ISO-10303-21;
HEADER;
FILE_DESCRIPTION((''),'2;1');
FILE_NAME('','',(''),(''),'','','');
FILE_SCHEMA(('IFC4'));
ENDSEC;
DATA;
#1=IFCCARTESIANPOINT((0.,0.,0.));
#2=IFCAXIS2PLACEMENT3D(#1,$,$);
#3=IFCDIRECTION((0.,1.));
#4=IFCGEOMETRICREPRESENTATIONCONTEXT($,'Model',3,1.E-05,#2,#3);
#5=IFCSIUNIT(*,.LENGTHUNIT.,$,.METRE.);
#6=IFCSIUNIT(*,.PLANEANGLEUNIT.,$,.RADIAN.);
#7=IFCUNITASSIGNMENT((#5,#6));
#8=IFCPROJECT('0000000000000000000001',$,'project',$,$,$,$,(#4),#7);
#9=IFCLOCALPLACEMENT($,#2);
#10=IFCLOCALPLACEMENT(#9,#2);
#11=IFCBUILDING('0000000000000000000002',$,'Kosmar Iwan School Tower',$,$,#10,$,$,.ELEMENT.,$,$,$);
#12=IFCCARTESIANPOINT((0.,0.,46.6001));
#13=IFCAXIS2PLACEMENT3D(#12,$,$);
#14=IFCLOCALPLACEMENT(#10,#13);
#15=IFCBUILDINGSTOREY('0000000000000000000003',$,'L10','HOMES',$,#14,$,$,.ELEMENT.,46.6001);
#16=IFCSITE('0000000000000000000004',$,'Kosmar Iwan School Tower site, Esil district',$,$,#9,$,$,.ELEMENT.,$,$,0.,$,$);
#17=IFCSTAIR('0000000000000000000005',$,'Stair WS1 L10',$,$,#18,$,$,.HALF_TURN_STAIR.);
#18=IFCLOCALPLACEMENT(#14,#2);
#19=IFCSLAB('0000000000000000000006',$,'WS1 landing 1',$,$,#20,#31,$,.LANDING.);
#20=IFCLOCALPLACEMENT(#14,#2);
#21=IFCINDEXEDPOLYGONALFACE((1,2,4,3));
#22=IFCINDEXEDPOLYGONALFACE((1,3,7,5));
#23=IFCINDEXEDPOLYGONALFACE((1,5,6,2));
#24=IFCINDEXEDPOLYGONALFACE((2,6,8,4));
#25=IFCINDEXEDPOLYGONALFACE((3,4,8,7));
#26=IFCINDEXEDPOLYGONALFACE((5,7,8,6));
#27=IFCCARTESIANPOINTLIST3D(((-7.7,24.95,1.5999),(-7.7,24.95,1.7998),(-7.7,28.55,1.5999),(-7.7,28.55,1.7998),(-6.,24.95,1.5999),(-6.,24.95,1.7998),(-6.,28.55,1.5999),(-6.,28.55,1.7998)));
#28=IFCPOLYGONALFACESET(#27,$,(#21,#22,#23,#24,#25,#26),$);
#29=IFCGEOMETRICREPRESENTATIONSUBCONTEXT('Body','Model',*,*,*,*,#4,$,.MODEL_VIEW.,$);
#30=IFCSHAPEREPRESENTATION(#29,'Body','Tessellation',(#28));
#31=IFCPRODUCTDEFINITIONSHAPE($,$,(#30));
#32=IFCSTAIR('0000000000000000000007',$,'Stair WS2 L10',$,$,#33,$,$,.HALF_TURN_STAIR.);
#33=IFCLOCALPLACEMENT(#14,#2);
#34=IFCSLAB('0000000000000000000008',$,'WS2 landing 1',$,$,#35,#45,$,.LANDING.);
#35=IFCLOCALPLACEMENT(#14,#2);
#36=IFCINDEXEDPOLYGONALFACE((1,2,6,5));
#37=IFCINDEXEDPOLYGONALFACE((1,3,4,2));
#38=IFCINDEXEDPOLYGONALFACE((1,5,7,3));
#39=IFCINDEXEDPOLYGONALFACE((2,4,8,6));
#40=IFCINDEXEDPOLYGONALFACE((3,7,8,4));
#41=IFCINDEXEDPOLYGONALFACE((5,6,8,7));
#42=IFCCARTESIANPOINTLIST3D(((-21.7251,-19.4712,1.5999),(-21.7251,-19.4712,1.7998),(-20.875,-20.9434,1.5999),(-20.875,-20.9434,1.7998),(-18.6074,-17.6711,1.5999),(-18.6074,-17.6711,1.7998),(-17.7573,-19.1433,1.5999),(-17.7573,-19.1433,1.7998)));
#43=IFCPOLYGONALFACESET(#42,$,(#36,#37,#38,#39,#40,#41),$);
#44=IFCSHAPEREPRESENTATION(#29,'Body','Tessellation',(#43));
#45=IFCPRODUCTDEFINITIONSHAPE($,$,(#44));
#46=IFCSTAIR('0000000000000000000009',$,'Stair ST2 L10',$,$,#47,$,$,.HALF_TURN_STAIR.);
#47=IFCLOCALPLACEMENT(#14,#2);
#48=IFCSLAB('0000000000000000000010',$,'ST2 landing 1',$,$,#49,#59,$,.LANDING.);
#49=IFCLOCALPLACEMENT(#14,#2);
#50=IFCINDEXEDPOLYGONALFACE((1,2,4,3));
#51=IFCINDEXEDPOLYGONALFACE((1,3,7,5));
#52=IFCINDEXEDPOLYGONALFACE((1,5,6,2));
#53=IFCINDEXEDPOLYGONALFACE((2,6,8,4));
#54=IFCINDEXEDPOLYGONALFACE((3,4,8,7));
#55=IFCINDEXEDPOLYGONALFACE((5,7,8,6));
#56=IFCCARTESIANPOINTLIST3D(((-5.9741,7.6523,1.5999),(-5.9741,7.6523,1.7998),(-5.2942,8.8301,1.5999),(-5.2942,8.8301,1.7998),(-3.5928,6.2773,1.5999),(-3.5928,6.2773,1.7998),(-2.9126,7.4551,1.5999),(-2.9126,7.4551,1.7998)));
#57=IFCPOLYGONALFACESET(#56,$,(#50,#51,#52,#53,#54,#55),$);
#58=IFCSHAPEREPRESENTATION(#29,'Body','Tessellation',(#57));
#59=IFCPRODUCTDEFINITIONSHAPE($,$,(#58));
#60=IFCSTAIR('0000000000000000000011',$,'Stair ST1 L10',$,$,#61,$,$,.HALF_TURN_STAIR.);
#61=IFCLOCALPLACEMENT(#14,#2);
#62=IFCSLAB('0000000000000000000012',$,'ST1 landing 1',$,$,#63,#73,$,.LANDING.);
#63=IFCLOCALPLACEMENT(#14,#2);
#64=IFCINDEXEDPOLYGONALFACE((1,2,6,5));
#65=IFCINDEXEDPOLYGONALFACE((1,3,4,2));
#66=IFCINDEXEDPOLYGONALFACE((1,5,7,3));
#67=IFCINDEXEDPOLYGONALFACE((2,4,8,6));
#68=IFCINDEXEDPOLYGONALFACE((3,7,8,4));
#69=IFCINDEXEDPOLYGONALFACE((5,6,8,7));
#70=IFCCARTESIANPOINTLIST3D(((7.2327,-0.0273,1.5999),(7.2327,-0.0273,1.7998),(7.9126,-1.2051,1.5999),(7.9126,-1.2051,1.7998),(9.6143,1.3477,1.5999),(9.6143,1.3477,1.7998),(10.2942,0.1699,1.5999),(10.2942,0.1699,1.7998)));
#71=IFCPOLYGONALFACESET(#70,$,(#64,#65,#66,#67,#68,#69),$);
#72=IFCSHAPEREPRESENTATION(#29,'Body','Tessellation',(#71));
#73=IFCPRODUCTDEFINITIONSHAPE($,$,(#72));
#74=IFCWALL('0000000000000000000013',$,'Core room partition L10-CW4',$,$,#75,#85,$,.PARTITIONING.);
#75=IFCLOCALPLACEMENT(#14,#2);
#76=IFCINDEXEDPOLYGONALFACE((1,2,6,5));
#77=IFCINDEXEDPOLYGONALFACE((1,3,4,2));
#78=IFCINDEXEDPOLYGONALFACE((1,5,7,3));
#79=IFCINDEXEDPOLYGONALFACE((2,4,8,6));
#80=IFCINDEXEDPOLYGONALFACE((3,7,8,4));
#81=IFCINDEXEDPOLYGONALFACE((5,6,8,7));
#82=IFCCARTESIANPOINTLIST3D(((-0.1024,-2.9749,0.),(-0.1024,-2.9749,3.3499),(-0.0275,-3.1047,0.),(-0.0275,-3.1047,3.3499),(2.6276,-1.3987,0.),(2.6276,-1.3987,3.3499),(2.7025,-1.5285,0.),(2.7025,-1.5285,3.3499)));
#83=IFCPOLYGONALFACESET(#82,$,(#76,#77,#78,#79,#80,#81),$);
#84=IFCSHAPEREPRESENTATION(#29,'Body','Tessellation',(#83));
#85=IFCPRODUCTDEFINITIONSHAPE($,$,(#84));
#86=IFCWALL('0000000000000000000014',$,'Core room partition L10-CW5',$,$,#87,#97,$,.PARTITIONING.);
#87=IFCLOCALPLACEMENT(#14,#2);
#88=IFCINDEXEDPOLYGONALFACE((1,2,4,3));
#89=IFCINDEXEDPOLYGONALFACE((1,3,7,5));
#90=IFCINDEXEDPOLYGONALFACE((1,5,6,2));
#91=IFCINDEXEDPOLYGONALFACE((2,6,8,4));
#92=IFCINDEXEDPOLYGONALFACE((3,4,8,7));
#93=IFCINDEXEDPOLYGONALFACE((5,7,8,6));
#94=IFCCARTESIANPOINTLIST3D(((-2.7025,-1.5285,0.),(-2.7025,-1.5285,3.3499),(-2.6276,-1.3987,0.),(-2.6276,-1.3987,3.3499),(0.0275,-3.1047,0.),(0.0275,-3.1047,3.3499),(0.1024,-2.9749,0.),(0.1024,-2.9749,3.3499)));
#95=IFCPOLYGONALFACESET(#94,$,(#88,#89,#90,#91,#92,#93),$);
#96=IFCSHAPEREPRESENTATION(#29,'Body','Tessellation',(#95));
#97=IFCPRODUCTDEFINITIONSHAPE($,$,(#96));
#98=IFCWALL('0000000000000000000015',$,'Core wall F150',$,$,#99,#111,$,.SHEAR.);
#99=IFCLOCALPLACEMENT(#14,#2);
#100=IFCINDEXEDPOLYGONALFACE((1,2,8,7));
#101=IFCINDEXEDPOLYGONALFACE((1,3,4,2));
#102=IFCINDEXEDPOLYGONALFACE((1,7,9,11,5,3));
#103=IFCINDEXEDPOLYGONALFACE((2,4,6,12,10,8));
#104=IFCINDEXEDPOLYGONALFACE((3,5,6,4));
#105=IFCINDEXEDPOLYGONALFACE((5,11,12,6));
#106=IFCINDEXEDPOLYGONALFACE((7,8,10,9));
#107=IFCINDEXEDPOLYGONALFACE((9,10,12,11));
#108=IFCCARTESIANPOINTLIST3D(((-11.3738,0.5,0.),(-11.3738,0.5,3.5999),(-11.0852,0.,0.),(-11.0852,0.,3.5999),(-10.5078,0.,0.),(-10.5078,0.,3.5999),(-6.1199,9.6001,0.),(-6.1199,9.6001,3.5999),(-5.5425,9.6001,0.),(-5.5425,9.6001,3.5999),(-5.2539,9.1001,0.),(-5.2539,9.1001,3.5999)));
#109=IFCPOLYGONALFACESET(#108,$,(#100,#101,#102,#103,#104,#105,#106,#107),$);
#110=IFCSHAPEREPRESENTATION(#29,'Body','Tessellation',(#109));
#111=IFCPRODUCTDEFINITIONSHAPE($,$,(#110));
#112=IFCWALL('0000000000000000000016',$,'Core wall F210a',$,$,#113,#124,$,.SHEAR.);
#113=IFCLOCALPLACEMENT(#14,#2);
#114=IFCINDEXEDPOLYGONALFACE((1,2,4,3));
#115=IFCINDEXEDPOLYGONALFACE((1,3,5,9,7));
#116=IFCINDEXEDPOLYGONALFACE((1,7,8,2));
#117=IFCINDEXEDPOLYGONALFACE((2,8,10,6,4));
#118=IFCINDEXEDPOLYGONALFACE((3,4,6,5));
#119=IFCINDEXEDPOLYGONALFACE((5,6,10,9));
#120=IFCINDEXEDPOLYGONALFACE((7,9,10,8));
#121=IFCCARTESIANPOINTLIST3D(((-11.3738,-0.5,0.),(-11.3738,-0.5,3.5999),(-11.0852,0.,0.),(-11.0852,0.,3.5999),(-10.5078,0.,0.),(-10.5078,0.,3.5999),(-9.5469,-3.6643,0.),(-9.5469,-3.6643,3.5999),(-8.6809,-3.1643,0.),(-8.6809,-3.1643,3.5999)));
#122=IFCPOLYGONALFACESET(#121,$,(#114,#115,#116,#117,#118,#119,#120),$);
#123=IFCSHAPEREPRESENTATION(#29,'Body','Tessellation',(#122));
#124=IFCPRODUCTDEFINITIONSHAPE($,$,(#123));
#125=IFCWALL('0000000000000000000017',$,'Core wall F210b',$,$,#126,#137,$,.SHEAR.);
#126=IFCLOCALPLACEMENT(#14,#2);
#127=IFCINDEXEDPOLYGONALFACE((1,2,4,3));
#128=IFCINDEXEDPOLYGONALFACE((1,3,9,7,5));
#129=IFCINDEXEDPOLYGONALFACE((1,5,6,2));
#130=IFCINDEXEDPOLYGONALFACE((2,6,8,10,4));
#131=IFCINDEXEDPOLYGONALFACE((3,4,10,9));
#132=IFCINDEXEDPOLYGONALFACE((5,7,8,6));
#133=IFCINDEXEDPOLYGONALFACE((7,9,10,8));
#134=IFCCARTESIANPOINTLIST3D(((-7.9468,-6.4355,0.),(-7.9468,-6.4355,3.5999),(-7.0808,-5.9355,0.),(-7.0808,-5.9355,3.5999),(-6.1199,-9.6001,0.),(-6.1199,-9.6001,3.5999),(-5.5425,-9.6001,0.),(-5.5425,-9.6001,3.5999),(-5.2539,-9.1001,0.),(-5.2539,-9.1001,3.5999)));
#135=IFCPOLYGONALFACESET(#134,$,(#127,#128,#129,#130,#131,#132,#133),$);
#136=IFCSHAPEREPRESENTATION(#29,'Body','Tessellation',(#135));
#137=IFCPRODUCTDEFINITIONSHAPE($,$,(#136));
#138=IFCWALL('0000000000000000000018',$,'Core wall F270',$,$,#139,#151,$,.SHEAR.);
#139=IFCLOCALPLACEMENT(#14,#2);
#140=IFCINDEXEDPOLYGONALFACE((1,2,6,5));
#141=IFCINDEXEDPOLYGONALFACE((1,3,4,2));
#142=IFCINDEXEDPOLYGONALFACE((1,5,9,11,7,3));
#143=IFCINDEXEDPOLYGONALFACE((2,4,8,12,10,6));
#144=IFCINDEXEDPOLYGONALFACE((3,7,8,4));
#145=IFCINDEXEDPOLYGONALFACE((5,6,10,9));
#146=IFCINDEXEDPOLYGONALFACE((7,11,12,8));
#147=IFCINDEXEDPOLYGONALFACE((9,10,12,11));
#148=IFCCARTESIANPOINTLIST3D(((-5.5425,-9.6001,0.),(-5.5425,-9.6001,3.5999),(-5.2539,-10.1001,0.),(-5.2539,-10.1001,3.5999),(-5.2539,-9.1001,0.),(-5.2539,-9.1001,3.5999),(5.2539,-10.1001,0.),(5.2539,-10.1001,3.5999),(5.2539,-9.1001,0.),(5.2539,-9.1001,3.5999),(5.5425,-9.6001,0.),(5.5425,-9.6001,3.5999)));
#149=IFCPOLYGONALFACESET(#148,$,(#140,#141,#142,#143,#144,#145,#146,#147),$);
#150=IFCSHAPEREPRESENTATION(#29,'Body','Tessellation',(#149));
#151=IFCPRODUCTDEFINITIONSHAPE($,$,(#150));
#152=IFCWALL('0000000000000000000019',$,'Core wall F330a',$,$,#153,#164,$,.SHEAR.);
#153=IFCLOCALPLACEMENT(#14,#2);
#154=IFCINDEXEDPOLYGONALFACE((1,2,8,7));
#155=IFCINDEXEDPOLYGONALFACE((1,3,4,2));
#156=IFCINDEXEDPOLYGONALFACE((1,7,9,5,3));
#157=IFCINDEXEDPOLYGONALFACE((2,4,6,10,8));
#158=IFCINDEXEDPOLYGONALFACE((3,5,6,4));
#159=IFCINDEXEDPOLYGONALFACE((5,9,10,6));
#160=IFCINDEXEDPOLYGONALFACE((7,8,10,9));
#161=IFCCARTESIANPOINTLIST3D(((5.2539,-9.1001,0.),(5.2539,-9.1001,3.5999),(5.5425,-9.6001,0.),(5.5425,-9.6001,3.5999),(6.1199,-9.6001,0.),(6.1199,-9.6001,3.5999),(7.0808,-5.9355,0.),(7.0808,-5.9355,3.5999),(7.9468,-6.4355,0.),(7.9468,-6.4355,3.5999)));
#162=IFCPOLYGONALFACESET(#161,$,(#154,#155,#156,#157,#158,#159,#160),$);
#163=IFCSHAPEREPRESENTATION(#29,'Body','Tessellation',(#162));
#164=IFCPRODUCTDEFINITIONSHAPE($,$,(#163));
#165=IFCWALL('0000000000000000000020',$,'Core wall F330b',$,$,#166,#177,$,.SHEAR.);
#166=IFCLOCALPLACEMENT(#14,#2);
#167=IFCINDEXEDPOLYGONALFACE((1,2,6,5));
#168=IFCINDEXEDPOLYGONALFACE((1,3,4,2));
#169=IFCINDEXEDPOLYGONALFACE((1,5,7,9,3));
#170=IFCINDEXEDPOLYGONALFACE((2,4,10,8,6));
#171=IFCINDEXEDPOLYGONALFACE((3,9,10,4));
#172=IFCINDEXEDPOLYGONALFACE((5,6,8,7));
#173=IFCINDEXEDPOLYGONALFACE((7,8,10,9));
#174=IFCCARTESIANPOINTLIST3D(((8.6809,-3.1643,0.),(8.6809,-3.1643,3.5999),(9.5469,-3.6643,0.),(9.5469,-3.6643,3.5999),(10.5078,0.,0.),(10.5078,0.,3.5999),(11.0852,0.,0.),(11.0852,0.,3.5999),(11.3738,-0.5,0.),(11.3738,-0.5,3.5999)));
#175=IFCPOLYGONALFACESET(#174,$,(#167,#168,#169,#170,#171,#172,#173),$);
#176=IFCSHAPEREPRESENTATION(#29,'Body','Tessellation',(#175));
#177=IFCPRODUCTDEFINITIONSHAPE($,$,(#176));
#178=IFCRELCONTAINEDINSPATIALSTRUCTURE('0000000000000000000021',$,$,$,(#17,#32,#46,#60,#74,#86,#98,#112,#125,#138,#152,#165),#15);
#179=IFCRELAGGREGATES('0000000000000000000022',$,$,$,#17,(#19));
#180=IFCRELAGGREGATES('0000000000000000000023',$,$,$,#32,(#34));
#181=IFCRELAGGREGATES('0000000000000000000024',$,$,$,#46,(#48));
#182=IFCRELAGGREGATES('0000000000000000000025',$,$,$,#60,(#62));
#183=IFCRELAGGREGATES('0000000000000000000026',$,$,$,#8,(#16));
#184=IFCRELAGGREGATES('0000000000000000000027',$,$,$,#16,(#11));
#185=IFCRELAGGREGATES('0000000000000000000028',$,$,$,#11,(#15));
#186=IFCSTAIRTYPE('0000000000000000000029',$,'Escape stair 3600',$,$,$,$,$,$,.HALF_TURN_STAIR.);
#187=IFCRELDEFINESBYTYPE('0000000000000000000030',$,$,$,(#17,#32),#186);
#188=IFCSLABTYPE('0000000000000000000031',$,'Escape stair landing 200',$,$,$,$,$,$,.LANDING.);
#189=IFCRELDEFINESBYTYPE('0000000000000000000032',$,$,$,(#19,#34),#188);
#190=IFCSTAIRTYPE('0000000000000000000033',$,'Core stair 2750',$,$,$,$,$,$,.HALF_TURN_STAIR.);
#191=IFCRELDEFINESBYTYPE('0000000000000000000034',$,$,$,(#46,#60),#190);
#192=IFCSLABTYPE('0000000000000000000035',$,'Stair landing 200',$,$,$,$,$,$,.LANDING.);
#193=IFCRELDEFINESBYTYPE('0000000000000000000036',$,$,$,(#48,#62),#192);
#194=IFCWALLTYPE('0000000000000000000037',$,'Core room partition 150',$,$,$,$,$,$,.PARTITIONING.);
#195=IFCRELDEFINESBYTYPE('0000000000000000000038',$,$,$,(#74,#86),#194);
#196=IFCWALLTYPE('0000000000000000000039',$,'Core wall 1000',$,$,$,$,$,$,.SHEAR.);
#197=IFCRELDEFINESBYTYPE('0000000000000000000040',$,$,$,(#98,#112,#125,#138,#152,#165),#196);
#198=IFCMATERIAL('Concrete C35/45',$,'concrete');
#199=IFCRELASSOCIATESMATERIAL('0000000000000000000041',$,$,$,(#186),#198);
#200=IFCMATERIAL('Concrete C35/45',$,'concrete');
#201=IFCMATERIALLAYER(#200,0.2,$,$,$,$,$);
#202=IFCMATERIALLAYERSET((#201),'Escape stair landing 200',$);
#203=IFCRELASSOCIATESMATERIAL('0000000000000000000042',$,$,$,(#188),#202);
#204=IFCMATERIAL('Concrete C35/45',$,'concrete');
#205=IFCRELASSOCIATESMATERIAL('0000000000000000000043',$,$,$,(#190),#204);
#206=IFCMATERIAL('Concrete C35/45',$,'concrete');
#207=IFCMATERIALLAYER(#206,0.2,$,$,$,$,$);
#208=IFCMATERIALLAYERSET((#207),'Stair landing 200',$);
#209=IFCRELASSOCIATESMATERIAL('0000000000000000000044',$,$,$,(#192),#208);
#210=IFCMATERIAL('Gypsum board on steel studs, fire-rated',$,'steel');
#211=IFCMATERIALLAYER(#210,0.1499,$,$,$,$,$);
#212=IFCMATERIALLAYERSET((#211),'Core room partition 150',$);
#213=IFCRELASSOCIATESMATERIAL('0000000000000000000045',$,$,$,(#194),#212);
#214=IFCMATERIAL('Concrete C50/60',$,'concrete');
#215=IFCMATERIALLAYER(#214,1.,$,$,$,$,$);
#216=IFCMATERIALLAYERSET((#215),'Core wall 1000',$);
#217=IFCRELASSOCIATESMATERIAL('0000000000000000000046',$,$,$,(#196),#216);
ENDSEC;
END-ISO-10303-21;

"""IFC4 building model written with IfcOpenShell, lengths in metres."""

from ifc_helpers import new_model, si_unit, direction, frame, frame_2d, origin, place, context, subcontext, project, spatial, polyline, rectangle, outline, extrude, material, layer, layer_set, type_object, element, aggregate, save


model = new_model("IFC4")

# Units and contexts
model_context = context("Model", 3, precision=1e-05, world=origin(), true_north=direction((0.0, 1.0)))
body_context = subcontext(model_context, "Body", "Model", "MODEL_VIEW")
ifc_project = project(units=[si_unit("LENGTHUNIT", "METRE"), si_unit("PLANEANGLEUNIT", "RADIAN")], contexts=[model_context])

# Site, building, storey
site_placement = place(None, origin())
site = spatial("IfcSite", under=ifc_project, at=site_placement, Name="Kosmar Iwan School Tower site, Esil district", CompositionType="ELEMENT", RefElevation=0.0)
building_placement = place(site_placement, origin())
building = spatial("IfcBuilding", under=site, at=building_placement, Name="Kosmar Iwan School Tower", CompositionType="ELEMENT")
storey_placement = place(building_placement, frame((0.0, 0.0, 46.6001)))
storey = spatial("IfcBuildingStorey", under=building, at=storey_placement, Name="L10", Description="HOMES", CompositionType="ELEMENT", Elevation=46.6001)

# Stairs, slabs
ifc_material_1 = material(Name="Concrete C35/45", Category="concrete")
stair_type_1 = type_object("IfcStairType", Name="Escape stair 3600", PredefinedType="HALF_TURN_STAIR", material=ifc_material_1)
stair_1_placement = place(storey_placement, origin())
stair_1 = element("IfcStair", 1, at=stair_1_placement, inside=storey, type_object=stair_type_1, Name="Stair WS1 L10", PredefinedType="HALF_TURN_STAIR")
ifc_material_2 = material(Name="Concrete C35/45", Category="concrete")
ifc_layer_1 = layer(ifc_material_2, 0.2)
ifc_layer_set_1 = layer_set([ifc_layer_1], Name="Escape stair landing 200")
slab_type_1 = type_object("IfcSlabType", Name="Escape stair landing 200", PredefinedType="LANDING", material=ifc_layer_set_1)
slab_1_placement = place(storey_placement, frame((0.0, 0.0, 1.5999)))
slab_1 = element("IfcSlab", 2, at=slab_1_placement, type_object=slab_type_1, Name="WS1 landing 1", PredefinedType="LANDING", context=body_context, shape_type="SweptSolid", body=[
    extrude(outline(polyline([(-6.0, 24.95), (-6.0, 28.55), (-7.7, 28.55), (-7.7, 24.95), (-6.0, 24.95)])), origin(), (0.0, 0.0, 1.0), 0.2),
])
aggregate(stair_1, [slab_1])
stair_2_placement = place(storey_placement, origin())
stair_2 = element("IfcStair", 3, at=stair_2_placement, inside=storey, type_object=stair_type_1, Name="Stair WS2 L10", PredefinedType="HALF_TURN_STAIR")
slab_2_placement = place(storey_placement, frame((0.0, 0.0, 1.5999)))
slab_2 = element("IfcSlab", 4, at=slab_2_placement, type_object=slab_type_1, Name="WS2 landing 1", PredefinedType="LANDING", context=body_context, shape_type="SweptSolid", body=[
    extrude(outline(polyline([(-18.6074, -17.6711), (-21.7251, -19.4712), (-20.875, -20.9434), (-17.7573, -19.1433), (-18.6074, -17.6711)])), origin(), (0.0, 0.0, 1.0), 0.2),
])
aggregate(stair_2, [slab_2])
ifc_material_3 = material(Name="Concrete C35/45", Category="concrete")
stair_type_2 = type_object("IfcStairType", Name="Core stair 2750", PredefinedType="HALF_TURN_STAIR", material=ifc_material_3)
stair_3_placement = place(storey_placement, origin())
stair_3 = element("IfcStair", 5, at=stair_3_placement, inside=storey, type_object=stair_type_2, Name="Stair ST2 L10", PredefinedType="HALF_TURN_STAIR")
ifc_material_4 = material(Name="Concrete C35/45", Category="concrete")
ifc_layer_2 = layer(ifc_material_4, 0.2)
ifc_layer_set_2 = layer_set([ifc_layer_2], Name="Stair landing 200")
slab_type_2 = type_object("IfcSlabType", Name="Stair landing 200", PredefinedType="LANDING", material=ifc_layer_set_2)
slab_3_placement = place(storey_placement, frame((0.0, 0.0, 1.5999)))
slab_3 = element("IfcSlab", 6, at=slab_3_placement, type_object=slab_type_2, Name="ST2 landing 1", PredefinedType="LANDING", context=body_context, shape_type="SweptSolid", body=[
    extrude(outline(polyline([(-2.9126, 7.4551), (-5.2942, 8.8301), (-5.9741, 7.6523), (-3.5928, 6.2773), (-2.9126, 7.4551)])), origin(), (0.0, 0.0, 1.0), 0.2),
])
aggregate(stair_3, [slab_3])
stair_4_placement = place(storey_placement, origin())
stair_4 = element("IfcStair", 7, at=stair_4_placement, inside=storey, type_object=stair_type_2, Name="Stair ST1 L10", PredefinedType="HALF_TURN_STAIR")
slab_4_placement = place(storey_placement, frame((0.0, 0.0, 1.5999)))
slab_4 = element("IfcSlab", 8, at=slab_4_placement, type_object=slab_type_2, Name="ST1 landing 1", PredefinedType="LANDING", context=body_context, shape_type="SweptSolid", body=[
    extrude(outline(polyline([(7.9126, -1.2051), (10.2942, 0.1699), (9.6143, 1.3477), (7.2327, -0.0273), (7.9126, -1.2051)])), origin(), (0.0, 0.0, 1.0), 0.2),
])
aggregate(stair_4, [slab_4])

# Walls
ifc_material_5 = material(Name="Gypsum board on steel studs, fire-rated", Category="steel")
ifc_layer_3 = layer(ifc_material_5, 0.1499)
ifc_layer_set_3 = layer_set([ifc_layer_3], Name="Core room partition 150")
wall_type_1 = type_object("IfcWallType", Name="Core room partition 150", PredefinedType="PARTITIONING", material=ifc_layer_set_3)
for number, where, z_axis, x_axis, name in (
    (9, (2.665, -1.4636, 0.0), (0.0, 0.0, 1.0), (-0.866023, -0.500004, 0.0), "Core room partition L10-CW4"),
    (10, (0.0649, -3.0398, 0.0), (0.0, 0.0, 1.0), (-0.866023, 0.500004, 0.0), "Core room partition L10-CW5"),
):
    element("IfcWall", number, at=place(storey_placement, frame(where, z_axis=z_axis, x_axis=x_axis)), inside=storey, type_object=wall_type_1, Name=name, PredefinedType="PARTITIONING", context=body_context, shape_type="SweptSolid", body=[
        extrude(rectangle(XDim=3.1523, YDim=0.1499, at=frame_2d((1.5762, 0.0))), origin(), (0.0, 0.0, 1.0), 3.3499),
    ])
ifc_material_6 = material(Name="Concrete C50/60", Category="concrete")
ifc_layer_4 = layer(ifc_material_6, 1.0)
ifc_layer_set_4 = layer_set([ifc_layer_4], Name="Core wall 1000")
wall_type_2 = type_object("IfcWallType", Name="Core wall 1000", PredefinedType="SHEAR", material=ifc_layer_set_4)
wall_1_placement = place(storey_placement, origin())
element("IfcWall", 11, at=wall_1_placement, inside=storey, type_object=wall_type_2, Name="Core wall F150", PredefinedType="SHEAR", context=body_context, shape_type="SweptSolid", body=[
    extrude(outline(polyline([(-11.0852, 0.0), (-10.5078, 0.0), (-5.2539, 9.1001), (-5.5425, 9.6001), (-6.1199, 9.6001), (-11.3738, 0.5), (-11.0852, 0.0)])), origin(), (0.0, 0.0, 1.0), 3.5999),
])
wall_2_placement = place(storey_placement, origin())
element("IfcWall", 12, at=wall_2_placement, inside=storey, type_object=wall_type_2, Name="Core wall F210a", PredefinedType="SHEAR", context=body_context, shape_type="SweptSolid", body=[
    extrude(outline(polyline([(-9.5469, -3.6643), (-8.6809, -3.1643), (-10.5078, 0.0), (-11.0852, 0.0), (-11.3738, -0.5), (-9.5469, -3.6643)])), origin(), (0.0, 0.0, 1.0), 3.5999),
])
wall_3_placement = place(storey_placement, origin())
element("IfcWall", 13, at=wall_3_placement, inside=storey, type_object=wall_type_2, Name="Core wall F210b", PredefinedType="SHEAR", context=body_context, shape_type="SweptSolid", body=[
    extrude(outline(polyline([(-6.1199, -9.6001), (-5.5425, -9.6001), (-5.2539, -9.1001), (-7.0808, -5.9355), (-7.9468, -6.4355), (-6.1199, -9.6001)])), origin(), (0.0, 0.0, 1.0), 3.5999),
])
wall_4_placement = place(storey_placement, origin())
element("IfcWall", 14, at=wall_4_placement, inside=storey, type_object=wall_type_2, Name="Core wall F270", PredefinedType="SHEAR", context=body_context, shape_type="SweptSolid", body=[
    extrude(outline(polyline([(-5.2539, -10.1001), (5.2539, -10.1001), (5.5425, -9.6001), (5.2539, -9.1001), (-5.2539, -9.1001), (-5.5425, -9.6001), (-5.2539, -10.1001)])), origin(), (0.0, 0.0, 1.0), 3.5999),
])
wall_5_placement = place(storey_placement, origin())
element("IfcWall", 15, at=wall_5_placement, inside=storey, type_object=wall_type_2, Name="Core wall F330a", PredefinedType="SHEAR", context=body_context, shape_type="SweptSolid", body=[
    extrude(outline(polyline([(5.5425, -9.6001), (6.1199, -9.6001), (7.9468, -6.4355), (7.0808, -5.9355), (5.2539, -9.1001), (5.5425, -9.6001)])), origin(), (0.0, 0.0, 1.0), 3.5999),
])
wall_6_placement = place(storey_placement, origin())
element("IfcWall", 16, at=wall_6_placement, inside=storey, type_object=wall_type_2, Name="Core wall F330b", PredefinedType="SHEAR", context=body_context, shape_type="SweptSolid", body=[
    extrude(outline(polyline([(9.5469, -3.6643), (11.3738, -0.5), (11.0852, 0.0), (10.5078, 0.0), (8.6809, -3.1643), (9.5469, -3.6643)])), origin(), (0.0, 0.0, 1.0), 3.5999),
])

save(model, "model.ifc")
